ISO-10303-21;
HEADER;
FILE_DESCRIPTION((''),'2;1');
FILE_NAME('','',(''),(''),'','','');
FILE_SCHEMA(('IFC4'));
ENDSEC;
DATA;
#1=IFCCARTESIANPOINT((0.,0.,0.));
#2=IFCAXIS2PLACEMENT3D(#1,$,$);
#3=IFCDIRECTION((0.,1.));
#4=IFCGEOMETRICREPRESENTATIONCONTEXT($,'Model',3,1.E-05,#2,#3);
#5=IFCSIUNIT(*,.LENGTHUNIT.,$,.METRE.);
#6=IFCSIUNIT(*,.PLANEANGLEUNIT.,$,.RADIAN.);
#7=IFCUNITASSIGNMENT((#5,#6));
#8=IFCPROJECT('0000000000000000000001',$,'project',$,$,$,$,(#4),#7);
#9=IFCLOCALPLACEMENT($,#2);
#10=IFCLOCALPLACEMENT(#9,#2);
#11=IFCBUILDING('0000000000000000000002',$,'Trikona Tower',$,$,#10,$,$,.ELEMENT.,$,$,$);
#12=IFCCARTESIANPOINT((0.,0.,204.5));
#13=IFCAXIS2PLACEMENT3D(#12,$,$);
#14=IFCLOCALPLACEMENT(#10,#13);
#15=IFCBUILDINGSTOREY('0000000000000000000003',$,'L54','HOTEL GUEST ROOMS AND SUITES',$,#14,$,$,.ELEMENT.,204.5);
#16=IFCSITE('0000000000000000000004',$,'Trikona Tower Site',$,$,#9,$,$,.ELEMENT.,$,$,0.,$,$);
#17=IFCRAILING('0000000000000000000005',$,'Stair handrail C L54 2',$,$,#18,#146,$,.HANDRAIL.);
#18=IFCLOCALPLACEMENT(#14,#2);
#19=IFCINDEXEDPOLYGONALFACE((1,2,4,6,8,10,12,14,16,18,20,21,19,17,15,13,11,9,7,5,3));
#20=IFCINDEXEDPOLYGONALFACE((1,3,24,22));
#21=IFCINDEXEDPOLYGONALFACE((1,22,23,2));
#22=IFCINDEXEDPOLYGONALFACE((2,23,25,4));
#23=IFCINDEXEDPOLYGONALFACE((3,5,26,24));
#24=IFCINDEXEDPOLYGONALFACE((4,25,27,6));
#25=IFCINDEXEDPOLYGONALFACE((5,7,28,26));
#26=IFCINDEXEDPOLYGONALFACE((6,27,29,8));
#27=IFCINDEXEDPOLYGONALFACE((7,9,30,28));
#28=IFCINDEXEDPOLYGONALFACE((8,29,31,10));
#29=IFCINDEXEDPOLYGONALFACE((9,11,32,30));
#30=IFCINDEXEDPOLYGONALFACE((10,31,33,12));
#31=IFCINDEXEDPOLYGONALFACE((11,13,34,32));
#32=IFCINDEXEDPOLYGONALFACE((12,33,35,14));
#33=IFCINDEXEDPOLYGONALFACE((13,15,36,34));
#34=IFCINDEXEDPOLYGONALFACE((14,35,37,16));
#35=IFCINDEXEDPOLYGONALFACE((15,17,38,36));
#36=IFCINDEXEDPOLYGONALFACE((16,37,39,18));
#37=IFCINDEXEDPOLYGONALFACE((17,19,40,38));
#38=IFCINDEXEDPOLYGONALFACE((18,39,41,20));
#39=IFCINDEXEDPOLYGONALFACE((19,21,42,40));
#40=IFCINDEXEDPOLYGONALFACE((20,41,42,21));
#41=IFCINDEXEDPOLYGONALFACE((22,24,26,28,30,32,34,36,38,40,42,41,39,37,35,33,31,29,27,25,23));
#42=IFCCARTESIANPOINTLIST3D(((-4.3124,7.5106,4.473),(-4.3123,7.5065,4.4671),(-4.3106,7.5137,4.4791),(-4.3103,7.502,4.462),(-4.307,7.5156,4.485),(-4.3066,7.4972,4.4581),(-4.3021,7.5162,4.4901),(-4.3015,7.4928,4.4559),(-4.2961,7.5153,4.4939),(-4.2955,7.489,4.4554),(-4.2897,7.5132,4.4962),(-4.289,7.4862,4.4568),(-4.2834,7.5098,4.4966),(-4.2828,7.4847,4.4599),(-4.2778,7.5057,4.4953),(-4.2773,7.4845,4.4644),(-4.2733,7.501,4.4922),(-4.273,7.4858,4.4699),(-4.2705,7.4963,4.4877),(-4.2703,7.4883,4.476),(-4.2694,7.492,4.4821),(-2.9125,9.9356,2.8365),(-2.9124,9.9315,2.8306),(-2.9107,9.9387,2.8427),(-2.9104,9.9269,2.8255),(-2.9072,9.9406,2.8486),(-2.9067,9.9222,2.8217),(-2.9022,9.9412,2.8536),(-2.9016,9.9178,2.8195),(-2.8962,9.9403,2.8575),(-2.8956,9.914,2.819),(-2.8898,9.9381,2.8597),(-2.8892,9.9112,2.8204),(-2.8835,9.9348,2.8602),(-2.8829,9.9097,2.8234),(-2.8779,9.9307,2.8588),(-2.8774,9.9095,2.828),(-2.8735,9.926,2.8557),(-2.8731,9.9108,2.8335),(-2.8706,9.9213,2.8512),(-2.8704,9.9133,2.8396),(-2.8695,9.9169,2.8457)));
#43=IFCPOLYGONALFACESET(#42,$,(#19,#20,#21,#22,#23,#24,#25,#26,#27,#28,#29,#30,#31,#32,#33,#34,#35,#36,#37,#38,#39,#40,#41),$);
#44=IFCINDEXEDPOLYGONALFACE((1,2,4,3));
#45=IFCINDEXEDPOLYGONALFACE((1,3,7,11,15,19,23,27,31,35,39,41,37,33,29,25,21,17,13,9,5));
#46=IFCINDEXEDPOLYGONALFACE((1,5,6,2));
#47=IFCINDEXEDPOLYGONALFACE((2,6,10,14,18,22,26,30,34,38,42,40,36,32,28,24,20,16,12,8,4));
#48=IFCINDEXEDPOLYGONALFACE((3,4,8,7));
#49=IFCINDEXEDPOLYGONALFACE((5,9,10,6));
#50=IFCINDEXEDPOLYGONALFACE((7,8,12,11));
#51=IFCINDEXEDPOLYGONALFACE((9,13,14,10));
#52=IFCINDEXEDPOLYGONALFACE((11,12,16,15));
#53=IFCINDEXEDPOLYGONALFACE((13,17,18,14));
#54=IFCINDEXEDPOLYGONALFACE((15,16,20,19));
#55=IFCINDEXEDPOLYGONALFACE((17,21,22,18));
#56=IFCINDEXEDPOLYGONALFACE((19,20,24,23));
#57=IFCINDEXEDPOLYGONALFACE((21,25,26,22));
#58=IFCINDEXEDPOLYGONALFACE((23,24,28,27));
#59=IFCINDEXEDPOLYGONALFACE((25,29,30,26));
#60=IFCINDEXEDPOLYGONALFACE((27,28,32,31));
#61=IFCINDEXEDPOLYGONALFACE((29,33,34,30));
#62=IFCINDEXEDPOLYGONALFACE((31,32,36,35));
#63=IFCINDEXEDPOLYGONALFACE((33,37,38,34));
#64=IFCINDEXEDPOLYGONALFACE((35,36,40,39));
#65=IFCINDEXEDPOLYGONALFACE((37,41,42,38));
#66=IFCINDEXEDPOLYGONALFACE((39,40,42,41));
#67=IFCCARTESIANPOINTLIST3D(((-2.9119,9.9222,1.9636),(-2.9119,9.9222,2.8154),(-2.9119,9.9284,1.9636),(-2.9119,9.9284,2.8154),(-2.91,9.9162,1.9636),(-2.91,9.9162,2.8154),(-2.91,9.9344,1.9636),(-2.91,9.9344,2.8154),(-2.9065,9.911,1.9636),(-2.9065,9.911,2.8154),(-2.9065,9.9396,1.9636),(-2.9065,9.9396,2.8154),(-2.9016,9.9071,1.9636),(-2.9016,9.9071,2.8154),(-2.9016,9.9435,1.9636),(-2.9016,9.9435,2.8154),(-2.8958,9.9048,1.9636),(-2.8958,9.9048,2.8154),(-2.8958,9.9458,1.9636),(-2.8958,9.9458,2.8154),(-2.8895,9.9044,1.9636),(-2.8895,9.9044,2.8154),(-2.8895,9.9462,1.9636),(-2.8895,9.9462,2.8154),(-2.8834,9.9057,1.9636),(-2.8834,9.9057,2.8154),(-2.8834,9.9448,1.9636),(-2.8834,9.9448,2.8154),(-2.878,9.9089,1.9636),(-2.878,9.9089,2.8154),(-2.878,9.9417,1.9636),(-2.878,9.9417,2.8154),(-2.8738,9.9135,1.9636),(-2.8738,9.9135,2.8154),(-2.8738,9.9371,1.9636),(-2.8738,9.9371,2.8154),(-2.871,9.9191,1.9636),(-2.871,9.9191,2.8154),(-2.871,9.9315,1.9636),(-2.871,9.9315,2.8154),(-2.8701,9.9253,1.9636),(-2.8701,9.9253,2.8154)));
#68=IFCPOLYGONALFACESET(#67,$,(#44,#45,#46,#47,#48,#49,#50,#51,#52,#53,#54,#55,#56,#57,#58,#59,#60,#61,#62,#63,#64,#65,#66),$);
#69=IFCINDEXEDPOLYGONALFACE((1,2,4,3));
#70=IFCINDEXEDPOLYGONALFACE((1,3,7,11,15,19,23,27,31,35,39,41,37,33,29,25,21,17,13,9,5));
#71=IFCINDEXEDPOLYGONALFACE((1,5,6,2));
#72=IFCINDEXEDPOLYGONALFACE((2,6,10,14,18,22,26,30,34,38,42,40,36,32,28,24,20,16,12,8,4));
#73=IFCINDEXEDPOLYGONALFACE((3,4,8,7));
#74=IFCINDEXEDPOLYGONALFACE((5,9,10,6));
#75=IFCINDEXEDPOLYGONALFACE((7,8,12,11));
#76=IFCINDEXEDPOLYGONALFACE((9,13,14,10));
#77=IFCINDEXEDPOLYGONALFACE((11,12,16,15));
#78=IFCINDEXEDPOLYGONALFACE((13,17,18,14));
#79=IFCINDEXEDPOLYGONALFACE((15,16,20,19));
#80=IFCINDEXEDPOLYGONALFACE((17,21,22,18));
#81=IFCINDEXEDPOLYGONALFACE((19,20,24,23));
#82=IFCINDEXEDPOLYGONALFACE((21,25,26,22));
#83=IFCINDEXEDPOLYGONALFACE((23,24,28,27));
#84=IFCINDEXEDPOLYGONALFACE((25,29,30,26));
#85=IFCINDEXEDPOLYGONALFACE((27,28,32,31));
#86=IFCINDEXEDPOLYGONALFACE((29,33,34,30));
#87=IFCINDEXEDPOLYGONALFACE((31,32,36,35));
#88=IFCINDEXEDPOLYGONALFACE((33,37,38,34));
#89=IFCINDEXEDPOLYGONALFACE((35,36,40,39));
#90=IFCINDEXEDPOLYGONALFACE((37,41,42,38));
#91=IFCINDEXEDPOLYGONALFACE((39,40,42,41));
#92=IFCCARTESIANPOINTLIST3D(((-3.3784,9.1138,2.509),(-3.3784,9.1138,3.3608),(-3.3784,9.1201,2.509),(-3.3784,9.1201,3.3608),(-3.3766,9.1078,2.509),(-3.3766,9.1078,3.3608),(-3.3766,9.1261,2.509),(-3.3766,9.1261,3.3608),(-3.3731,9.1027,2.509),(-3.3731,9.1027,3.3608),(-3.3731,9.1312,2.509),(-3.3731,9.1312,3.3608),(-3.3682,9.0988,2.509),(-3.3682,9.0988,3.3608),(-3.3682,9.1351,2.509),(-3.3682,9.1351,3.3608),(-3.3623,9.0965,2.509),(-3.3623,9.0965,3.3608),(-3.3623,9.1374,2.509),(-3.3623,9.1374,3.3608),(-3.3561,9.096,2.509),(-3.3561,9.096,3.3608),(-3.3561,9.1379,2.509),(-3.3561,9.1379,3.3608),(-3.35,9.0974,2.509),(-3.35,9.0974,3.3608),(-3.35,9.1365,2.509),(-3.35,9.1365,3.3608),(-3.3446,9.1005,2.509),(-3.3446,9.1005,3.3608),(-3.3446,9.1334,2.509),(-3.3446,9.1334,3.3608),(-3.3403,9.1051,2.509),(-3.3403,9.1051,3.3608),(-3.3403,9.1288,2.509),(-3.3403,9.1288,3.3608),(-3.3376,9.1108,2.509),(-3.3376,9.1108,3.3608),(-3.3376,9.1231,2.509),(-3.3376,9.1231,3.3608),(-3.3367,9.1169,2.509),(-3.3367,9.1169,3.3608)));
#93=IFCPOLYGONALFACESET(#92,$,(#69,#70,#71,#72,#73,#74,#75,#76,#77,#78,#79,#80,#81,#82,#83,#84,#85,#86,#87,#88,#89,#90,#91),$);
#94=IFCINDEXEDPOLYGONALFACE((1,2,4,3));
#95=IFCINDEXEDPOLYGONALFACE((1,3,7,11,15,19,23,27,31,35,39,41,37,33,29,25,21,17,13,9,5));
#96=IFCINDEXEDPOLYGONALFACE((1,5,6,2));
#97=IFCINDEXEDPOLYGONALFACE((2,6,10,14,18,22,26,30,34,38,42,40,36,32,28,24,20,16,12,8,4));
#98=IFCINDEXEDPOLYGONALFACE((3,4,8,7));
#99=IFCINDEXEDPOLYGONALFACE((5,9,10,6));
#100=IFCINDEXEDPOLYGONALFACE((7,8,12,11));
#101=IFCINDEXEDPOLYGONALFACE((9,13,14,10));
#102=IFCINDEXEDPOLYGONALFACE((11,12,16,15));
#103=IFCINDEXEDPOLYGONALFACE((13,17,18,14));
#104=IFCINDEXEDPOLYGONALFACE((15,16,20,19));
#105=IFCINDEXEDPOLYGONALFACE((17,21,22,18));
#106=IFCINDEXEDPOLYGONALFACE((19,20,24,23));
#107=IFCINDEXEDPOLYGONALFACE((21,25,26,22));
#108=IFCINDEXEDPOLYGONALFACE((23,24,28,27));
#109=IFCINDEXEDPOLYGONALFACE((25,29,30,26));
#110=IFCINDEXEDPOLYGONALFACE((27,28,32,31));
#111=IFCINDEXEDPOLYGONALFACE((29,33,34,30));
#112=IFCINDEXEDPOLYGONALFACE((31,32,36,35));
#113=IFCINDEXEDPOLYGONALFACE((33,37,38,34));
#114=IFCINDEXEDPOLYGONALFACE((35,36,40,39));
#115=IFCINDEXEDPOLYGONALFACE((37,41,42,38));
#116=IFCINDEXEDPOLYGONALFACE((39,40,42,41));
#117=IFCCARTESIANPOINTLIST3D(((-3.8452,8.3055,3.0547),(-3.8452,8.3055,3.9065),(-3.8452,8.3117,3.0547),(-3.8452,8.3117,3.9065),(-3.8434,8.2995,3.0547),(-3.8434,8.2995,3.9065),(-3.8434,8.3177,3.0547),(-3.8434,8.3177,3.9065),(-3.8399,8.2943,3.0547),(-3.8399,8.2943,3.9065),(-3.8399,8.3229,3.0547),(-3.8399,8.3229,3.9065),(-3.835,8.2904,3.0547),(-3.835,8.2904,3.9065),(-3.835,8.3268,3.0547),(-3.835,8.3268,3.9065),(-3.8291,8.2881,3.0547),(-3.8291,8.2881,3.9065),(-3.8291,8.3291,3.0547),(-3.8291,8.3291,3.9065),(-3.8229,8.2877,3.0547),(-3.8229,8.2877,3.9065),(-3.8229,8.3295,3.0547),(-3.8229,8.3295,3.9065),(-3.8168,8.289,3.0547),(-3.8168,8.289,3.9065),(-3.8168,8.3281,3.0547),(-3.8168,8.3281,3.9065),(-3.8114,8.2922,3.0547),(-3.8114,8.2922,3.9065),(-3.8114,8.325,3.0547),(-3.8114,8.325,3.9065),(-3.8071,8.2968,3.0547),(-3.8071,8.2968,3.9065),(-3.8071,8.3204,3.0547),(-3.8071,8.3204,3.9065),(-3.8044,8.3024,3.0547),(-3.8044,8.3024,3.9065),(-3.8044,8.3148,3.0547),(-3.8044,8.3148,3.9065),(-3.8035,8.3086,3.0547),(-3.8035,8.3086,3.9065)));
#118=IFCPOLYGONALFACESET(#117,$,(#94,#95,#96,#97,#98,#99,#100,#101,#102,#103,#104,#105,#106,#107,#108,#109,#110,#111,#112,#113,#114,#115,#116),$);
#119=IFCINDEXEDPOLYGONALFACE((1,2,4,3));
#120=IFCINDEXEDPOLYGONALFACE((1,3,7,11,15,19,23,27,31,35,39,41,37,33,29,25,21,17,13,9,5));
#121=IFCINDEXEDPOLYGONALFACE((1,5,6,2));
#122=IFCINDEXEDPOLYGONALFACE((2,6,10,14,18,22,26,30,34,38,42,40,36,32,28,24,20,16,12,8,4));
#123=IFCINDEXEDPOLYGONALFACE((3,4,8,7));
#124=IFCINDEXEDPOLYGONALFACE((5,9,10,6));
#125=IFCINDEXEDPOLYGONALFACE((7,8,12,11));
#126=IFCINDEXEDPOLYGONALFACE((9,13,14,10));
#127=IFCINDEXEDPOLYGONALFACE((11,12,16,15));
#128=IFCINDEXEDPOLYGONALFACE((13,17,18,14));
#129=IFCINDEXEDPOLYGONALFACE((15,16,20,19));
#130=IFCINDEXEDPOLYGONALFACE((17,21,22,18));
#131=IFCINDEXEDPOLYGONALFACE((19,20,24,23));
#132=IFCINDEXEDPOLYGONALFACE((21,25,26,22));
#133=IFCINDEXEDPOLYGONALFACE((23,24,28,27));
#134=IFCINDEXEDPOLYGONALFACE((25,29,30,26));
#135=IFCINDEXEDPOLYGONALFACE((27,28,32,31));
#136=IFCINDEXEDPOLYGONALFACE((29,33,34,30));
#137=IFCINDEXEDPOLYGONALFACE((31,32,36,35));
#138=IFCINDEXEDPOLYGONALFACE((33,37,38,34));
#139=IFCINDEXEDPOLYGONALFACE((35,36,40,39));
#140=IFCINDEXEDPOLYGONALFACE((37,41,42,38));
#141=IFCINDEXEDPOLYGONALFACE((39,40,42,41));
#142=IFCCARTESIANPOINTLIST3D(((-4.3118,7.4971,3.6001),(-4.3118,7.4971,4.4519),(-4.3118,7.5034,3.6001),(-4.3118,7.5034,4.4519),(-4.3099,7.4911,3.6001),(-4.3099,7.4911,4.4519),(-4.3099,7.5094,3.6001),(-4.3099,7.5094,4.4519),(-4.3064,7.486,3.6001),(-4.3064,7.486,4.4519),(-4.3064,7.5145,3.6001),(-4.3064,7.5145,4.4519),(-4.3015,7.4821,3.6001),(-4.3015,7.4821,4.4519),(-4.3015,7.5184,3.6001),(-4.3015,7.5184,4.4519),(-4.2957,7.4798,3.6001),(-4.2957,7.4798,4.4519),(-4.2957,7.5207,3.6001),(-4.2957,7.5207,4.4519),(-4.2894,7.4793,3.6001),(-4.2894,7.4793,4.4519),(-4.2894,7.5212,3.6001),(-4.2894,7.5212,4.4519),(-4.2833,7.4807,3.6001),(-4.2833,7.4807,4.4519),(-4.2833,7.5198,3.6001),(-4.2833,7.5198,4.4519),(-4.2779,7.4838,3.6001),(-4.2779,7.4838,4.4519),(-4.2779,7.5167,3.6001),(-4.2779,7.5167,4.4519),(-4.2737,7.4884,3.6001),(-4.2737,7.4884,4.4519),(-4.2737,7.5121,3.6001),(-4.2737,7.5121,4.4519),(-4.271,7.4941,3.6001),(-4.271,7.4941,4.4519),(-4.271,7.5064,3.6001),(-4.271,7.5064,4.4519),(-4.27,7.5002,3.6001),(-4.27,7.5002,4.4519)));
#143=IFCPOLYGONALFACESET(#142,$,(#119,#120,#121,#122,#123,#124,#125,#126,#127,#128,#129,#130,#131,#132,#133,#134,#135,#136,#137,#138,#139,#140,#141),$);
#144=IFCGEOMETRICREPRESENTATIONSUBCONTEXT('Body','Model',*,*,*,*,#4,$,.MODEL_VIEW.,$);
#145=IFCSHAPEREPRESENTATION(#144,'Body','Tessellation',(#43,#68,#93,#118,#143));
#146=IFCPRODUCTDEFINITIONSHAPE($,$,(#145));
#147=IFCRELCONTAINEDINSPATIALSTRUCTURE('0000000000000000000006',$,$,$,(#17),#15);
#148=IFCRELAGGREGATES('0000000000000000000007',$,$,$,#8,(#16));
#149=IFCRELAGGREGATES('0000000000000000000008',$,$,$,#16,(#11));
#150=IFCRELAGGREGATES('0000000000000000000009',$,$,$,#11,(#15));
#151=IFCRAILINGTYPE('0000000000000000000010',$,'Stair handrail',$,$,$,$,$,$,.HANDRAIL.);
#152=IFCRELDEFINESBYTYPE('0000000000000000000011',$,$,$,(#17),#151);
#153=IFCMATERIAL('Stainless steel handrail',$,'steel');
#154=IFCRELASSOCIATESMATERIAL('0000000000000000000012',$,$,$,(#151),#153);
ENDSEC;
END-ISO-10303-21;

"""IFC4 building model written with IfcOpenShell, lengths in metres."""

from ifc_helpers import new_model, si_unit, direction, frame, origin, origin_2d, place, context, subcontext, project, spatial, circle, extrude, material, type_object, element, save


model = new_model("IFC4")

# Units and contexts
model_context = context("Model", 3, precision=1e-05, world=origin(), true_north=direction((0.0, 1.0)))
body_context = subcontext(model_context, "Body", "Model", "MODEL_VIEW")
ifc_project = project(units=[si_unit("LENGTHUNIT", "METRE"), si_unit("PLANEANGLEUNIT", "RADIAN")], contexts=[model_context])

# Site, building, storey
site_placement = place(None, origin())
site = spatial("IfcSite", under=ifc_project, at=site_placement, Name="Trikona Tower Site", CompositionType="ELEMENT", RefElevation=0.0)
building_placement = place(site_placement, origin())
building = spatial("IfcBuilding", under=site, at=building_placement, Name="Trikona Tower", CompositionType="ELEMENT")
storey_placement = place(building_placement, frame((0.0, 0.0, 204.5)))
storey = spatial("IfcBuildingStorey", under=building, at=storey_placement, Name="L54", Description="HOTEL GUEST ROOMS AND SUITES", CompositionType="ELEMENT", Elevation=204.5)

# Railing
ifc_material_1 = material(Name="Stainless steel handrail", Category="steel")
railing_type = type_object("IfcRailingType", Name="Stair handrail", PredefinedType="HANDRAIL", material=ifc_material_1)
railing_1_placement = place(storey_placement, frame((-2.8911, 9.9253, 1.9636)))
element("IfcRailing", 1, at=railing_1_placement, inside=storey, type_object=railing_type, Name="Stair handrail C L54 2", PredefinedType="HANDRAIL", context=body_context, shape_type="SweptSolid", body=[
    extrude(circle(Radius=0.0239, at=origin_2d()), frame((0.0, 0.0, 0.876), z_axis=(-0.431636, -0.747723, 0.504579), x_axis=(0.866056, -0.499946, 0.0)), (0.0, 0.0, 1.0), 3.2432),
    extrude(circle(Radius=0.021, at=origin_2d()), origin(), (0.0, 0.0, 1.0), 0.8518),
    extrude(circle(Radius=0.021, at=origin_2d()), frame((-0.4666, -0.8083, 0.5454)), (0.0, 0.0, 1.0), 0.8518),
    extrude(circle(Radius=0.021, at=origin_2d()), frame((-0.9333, -1.6167, 1.0911)), (0.0, 0.0, 1.0), 0.8518),
    extrude(circle(Radius=0.021, at=origin_2d()), frame((-1.3999, -2.425, 1.6365)), (0.0, 0.0, 1.0), 0.8518),
])

save(model, "model.ifc")
